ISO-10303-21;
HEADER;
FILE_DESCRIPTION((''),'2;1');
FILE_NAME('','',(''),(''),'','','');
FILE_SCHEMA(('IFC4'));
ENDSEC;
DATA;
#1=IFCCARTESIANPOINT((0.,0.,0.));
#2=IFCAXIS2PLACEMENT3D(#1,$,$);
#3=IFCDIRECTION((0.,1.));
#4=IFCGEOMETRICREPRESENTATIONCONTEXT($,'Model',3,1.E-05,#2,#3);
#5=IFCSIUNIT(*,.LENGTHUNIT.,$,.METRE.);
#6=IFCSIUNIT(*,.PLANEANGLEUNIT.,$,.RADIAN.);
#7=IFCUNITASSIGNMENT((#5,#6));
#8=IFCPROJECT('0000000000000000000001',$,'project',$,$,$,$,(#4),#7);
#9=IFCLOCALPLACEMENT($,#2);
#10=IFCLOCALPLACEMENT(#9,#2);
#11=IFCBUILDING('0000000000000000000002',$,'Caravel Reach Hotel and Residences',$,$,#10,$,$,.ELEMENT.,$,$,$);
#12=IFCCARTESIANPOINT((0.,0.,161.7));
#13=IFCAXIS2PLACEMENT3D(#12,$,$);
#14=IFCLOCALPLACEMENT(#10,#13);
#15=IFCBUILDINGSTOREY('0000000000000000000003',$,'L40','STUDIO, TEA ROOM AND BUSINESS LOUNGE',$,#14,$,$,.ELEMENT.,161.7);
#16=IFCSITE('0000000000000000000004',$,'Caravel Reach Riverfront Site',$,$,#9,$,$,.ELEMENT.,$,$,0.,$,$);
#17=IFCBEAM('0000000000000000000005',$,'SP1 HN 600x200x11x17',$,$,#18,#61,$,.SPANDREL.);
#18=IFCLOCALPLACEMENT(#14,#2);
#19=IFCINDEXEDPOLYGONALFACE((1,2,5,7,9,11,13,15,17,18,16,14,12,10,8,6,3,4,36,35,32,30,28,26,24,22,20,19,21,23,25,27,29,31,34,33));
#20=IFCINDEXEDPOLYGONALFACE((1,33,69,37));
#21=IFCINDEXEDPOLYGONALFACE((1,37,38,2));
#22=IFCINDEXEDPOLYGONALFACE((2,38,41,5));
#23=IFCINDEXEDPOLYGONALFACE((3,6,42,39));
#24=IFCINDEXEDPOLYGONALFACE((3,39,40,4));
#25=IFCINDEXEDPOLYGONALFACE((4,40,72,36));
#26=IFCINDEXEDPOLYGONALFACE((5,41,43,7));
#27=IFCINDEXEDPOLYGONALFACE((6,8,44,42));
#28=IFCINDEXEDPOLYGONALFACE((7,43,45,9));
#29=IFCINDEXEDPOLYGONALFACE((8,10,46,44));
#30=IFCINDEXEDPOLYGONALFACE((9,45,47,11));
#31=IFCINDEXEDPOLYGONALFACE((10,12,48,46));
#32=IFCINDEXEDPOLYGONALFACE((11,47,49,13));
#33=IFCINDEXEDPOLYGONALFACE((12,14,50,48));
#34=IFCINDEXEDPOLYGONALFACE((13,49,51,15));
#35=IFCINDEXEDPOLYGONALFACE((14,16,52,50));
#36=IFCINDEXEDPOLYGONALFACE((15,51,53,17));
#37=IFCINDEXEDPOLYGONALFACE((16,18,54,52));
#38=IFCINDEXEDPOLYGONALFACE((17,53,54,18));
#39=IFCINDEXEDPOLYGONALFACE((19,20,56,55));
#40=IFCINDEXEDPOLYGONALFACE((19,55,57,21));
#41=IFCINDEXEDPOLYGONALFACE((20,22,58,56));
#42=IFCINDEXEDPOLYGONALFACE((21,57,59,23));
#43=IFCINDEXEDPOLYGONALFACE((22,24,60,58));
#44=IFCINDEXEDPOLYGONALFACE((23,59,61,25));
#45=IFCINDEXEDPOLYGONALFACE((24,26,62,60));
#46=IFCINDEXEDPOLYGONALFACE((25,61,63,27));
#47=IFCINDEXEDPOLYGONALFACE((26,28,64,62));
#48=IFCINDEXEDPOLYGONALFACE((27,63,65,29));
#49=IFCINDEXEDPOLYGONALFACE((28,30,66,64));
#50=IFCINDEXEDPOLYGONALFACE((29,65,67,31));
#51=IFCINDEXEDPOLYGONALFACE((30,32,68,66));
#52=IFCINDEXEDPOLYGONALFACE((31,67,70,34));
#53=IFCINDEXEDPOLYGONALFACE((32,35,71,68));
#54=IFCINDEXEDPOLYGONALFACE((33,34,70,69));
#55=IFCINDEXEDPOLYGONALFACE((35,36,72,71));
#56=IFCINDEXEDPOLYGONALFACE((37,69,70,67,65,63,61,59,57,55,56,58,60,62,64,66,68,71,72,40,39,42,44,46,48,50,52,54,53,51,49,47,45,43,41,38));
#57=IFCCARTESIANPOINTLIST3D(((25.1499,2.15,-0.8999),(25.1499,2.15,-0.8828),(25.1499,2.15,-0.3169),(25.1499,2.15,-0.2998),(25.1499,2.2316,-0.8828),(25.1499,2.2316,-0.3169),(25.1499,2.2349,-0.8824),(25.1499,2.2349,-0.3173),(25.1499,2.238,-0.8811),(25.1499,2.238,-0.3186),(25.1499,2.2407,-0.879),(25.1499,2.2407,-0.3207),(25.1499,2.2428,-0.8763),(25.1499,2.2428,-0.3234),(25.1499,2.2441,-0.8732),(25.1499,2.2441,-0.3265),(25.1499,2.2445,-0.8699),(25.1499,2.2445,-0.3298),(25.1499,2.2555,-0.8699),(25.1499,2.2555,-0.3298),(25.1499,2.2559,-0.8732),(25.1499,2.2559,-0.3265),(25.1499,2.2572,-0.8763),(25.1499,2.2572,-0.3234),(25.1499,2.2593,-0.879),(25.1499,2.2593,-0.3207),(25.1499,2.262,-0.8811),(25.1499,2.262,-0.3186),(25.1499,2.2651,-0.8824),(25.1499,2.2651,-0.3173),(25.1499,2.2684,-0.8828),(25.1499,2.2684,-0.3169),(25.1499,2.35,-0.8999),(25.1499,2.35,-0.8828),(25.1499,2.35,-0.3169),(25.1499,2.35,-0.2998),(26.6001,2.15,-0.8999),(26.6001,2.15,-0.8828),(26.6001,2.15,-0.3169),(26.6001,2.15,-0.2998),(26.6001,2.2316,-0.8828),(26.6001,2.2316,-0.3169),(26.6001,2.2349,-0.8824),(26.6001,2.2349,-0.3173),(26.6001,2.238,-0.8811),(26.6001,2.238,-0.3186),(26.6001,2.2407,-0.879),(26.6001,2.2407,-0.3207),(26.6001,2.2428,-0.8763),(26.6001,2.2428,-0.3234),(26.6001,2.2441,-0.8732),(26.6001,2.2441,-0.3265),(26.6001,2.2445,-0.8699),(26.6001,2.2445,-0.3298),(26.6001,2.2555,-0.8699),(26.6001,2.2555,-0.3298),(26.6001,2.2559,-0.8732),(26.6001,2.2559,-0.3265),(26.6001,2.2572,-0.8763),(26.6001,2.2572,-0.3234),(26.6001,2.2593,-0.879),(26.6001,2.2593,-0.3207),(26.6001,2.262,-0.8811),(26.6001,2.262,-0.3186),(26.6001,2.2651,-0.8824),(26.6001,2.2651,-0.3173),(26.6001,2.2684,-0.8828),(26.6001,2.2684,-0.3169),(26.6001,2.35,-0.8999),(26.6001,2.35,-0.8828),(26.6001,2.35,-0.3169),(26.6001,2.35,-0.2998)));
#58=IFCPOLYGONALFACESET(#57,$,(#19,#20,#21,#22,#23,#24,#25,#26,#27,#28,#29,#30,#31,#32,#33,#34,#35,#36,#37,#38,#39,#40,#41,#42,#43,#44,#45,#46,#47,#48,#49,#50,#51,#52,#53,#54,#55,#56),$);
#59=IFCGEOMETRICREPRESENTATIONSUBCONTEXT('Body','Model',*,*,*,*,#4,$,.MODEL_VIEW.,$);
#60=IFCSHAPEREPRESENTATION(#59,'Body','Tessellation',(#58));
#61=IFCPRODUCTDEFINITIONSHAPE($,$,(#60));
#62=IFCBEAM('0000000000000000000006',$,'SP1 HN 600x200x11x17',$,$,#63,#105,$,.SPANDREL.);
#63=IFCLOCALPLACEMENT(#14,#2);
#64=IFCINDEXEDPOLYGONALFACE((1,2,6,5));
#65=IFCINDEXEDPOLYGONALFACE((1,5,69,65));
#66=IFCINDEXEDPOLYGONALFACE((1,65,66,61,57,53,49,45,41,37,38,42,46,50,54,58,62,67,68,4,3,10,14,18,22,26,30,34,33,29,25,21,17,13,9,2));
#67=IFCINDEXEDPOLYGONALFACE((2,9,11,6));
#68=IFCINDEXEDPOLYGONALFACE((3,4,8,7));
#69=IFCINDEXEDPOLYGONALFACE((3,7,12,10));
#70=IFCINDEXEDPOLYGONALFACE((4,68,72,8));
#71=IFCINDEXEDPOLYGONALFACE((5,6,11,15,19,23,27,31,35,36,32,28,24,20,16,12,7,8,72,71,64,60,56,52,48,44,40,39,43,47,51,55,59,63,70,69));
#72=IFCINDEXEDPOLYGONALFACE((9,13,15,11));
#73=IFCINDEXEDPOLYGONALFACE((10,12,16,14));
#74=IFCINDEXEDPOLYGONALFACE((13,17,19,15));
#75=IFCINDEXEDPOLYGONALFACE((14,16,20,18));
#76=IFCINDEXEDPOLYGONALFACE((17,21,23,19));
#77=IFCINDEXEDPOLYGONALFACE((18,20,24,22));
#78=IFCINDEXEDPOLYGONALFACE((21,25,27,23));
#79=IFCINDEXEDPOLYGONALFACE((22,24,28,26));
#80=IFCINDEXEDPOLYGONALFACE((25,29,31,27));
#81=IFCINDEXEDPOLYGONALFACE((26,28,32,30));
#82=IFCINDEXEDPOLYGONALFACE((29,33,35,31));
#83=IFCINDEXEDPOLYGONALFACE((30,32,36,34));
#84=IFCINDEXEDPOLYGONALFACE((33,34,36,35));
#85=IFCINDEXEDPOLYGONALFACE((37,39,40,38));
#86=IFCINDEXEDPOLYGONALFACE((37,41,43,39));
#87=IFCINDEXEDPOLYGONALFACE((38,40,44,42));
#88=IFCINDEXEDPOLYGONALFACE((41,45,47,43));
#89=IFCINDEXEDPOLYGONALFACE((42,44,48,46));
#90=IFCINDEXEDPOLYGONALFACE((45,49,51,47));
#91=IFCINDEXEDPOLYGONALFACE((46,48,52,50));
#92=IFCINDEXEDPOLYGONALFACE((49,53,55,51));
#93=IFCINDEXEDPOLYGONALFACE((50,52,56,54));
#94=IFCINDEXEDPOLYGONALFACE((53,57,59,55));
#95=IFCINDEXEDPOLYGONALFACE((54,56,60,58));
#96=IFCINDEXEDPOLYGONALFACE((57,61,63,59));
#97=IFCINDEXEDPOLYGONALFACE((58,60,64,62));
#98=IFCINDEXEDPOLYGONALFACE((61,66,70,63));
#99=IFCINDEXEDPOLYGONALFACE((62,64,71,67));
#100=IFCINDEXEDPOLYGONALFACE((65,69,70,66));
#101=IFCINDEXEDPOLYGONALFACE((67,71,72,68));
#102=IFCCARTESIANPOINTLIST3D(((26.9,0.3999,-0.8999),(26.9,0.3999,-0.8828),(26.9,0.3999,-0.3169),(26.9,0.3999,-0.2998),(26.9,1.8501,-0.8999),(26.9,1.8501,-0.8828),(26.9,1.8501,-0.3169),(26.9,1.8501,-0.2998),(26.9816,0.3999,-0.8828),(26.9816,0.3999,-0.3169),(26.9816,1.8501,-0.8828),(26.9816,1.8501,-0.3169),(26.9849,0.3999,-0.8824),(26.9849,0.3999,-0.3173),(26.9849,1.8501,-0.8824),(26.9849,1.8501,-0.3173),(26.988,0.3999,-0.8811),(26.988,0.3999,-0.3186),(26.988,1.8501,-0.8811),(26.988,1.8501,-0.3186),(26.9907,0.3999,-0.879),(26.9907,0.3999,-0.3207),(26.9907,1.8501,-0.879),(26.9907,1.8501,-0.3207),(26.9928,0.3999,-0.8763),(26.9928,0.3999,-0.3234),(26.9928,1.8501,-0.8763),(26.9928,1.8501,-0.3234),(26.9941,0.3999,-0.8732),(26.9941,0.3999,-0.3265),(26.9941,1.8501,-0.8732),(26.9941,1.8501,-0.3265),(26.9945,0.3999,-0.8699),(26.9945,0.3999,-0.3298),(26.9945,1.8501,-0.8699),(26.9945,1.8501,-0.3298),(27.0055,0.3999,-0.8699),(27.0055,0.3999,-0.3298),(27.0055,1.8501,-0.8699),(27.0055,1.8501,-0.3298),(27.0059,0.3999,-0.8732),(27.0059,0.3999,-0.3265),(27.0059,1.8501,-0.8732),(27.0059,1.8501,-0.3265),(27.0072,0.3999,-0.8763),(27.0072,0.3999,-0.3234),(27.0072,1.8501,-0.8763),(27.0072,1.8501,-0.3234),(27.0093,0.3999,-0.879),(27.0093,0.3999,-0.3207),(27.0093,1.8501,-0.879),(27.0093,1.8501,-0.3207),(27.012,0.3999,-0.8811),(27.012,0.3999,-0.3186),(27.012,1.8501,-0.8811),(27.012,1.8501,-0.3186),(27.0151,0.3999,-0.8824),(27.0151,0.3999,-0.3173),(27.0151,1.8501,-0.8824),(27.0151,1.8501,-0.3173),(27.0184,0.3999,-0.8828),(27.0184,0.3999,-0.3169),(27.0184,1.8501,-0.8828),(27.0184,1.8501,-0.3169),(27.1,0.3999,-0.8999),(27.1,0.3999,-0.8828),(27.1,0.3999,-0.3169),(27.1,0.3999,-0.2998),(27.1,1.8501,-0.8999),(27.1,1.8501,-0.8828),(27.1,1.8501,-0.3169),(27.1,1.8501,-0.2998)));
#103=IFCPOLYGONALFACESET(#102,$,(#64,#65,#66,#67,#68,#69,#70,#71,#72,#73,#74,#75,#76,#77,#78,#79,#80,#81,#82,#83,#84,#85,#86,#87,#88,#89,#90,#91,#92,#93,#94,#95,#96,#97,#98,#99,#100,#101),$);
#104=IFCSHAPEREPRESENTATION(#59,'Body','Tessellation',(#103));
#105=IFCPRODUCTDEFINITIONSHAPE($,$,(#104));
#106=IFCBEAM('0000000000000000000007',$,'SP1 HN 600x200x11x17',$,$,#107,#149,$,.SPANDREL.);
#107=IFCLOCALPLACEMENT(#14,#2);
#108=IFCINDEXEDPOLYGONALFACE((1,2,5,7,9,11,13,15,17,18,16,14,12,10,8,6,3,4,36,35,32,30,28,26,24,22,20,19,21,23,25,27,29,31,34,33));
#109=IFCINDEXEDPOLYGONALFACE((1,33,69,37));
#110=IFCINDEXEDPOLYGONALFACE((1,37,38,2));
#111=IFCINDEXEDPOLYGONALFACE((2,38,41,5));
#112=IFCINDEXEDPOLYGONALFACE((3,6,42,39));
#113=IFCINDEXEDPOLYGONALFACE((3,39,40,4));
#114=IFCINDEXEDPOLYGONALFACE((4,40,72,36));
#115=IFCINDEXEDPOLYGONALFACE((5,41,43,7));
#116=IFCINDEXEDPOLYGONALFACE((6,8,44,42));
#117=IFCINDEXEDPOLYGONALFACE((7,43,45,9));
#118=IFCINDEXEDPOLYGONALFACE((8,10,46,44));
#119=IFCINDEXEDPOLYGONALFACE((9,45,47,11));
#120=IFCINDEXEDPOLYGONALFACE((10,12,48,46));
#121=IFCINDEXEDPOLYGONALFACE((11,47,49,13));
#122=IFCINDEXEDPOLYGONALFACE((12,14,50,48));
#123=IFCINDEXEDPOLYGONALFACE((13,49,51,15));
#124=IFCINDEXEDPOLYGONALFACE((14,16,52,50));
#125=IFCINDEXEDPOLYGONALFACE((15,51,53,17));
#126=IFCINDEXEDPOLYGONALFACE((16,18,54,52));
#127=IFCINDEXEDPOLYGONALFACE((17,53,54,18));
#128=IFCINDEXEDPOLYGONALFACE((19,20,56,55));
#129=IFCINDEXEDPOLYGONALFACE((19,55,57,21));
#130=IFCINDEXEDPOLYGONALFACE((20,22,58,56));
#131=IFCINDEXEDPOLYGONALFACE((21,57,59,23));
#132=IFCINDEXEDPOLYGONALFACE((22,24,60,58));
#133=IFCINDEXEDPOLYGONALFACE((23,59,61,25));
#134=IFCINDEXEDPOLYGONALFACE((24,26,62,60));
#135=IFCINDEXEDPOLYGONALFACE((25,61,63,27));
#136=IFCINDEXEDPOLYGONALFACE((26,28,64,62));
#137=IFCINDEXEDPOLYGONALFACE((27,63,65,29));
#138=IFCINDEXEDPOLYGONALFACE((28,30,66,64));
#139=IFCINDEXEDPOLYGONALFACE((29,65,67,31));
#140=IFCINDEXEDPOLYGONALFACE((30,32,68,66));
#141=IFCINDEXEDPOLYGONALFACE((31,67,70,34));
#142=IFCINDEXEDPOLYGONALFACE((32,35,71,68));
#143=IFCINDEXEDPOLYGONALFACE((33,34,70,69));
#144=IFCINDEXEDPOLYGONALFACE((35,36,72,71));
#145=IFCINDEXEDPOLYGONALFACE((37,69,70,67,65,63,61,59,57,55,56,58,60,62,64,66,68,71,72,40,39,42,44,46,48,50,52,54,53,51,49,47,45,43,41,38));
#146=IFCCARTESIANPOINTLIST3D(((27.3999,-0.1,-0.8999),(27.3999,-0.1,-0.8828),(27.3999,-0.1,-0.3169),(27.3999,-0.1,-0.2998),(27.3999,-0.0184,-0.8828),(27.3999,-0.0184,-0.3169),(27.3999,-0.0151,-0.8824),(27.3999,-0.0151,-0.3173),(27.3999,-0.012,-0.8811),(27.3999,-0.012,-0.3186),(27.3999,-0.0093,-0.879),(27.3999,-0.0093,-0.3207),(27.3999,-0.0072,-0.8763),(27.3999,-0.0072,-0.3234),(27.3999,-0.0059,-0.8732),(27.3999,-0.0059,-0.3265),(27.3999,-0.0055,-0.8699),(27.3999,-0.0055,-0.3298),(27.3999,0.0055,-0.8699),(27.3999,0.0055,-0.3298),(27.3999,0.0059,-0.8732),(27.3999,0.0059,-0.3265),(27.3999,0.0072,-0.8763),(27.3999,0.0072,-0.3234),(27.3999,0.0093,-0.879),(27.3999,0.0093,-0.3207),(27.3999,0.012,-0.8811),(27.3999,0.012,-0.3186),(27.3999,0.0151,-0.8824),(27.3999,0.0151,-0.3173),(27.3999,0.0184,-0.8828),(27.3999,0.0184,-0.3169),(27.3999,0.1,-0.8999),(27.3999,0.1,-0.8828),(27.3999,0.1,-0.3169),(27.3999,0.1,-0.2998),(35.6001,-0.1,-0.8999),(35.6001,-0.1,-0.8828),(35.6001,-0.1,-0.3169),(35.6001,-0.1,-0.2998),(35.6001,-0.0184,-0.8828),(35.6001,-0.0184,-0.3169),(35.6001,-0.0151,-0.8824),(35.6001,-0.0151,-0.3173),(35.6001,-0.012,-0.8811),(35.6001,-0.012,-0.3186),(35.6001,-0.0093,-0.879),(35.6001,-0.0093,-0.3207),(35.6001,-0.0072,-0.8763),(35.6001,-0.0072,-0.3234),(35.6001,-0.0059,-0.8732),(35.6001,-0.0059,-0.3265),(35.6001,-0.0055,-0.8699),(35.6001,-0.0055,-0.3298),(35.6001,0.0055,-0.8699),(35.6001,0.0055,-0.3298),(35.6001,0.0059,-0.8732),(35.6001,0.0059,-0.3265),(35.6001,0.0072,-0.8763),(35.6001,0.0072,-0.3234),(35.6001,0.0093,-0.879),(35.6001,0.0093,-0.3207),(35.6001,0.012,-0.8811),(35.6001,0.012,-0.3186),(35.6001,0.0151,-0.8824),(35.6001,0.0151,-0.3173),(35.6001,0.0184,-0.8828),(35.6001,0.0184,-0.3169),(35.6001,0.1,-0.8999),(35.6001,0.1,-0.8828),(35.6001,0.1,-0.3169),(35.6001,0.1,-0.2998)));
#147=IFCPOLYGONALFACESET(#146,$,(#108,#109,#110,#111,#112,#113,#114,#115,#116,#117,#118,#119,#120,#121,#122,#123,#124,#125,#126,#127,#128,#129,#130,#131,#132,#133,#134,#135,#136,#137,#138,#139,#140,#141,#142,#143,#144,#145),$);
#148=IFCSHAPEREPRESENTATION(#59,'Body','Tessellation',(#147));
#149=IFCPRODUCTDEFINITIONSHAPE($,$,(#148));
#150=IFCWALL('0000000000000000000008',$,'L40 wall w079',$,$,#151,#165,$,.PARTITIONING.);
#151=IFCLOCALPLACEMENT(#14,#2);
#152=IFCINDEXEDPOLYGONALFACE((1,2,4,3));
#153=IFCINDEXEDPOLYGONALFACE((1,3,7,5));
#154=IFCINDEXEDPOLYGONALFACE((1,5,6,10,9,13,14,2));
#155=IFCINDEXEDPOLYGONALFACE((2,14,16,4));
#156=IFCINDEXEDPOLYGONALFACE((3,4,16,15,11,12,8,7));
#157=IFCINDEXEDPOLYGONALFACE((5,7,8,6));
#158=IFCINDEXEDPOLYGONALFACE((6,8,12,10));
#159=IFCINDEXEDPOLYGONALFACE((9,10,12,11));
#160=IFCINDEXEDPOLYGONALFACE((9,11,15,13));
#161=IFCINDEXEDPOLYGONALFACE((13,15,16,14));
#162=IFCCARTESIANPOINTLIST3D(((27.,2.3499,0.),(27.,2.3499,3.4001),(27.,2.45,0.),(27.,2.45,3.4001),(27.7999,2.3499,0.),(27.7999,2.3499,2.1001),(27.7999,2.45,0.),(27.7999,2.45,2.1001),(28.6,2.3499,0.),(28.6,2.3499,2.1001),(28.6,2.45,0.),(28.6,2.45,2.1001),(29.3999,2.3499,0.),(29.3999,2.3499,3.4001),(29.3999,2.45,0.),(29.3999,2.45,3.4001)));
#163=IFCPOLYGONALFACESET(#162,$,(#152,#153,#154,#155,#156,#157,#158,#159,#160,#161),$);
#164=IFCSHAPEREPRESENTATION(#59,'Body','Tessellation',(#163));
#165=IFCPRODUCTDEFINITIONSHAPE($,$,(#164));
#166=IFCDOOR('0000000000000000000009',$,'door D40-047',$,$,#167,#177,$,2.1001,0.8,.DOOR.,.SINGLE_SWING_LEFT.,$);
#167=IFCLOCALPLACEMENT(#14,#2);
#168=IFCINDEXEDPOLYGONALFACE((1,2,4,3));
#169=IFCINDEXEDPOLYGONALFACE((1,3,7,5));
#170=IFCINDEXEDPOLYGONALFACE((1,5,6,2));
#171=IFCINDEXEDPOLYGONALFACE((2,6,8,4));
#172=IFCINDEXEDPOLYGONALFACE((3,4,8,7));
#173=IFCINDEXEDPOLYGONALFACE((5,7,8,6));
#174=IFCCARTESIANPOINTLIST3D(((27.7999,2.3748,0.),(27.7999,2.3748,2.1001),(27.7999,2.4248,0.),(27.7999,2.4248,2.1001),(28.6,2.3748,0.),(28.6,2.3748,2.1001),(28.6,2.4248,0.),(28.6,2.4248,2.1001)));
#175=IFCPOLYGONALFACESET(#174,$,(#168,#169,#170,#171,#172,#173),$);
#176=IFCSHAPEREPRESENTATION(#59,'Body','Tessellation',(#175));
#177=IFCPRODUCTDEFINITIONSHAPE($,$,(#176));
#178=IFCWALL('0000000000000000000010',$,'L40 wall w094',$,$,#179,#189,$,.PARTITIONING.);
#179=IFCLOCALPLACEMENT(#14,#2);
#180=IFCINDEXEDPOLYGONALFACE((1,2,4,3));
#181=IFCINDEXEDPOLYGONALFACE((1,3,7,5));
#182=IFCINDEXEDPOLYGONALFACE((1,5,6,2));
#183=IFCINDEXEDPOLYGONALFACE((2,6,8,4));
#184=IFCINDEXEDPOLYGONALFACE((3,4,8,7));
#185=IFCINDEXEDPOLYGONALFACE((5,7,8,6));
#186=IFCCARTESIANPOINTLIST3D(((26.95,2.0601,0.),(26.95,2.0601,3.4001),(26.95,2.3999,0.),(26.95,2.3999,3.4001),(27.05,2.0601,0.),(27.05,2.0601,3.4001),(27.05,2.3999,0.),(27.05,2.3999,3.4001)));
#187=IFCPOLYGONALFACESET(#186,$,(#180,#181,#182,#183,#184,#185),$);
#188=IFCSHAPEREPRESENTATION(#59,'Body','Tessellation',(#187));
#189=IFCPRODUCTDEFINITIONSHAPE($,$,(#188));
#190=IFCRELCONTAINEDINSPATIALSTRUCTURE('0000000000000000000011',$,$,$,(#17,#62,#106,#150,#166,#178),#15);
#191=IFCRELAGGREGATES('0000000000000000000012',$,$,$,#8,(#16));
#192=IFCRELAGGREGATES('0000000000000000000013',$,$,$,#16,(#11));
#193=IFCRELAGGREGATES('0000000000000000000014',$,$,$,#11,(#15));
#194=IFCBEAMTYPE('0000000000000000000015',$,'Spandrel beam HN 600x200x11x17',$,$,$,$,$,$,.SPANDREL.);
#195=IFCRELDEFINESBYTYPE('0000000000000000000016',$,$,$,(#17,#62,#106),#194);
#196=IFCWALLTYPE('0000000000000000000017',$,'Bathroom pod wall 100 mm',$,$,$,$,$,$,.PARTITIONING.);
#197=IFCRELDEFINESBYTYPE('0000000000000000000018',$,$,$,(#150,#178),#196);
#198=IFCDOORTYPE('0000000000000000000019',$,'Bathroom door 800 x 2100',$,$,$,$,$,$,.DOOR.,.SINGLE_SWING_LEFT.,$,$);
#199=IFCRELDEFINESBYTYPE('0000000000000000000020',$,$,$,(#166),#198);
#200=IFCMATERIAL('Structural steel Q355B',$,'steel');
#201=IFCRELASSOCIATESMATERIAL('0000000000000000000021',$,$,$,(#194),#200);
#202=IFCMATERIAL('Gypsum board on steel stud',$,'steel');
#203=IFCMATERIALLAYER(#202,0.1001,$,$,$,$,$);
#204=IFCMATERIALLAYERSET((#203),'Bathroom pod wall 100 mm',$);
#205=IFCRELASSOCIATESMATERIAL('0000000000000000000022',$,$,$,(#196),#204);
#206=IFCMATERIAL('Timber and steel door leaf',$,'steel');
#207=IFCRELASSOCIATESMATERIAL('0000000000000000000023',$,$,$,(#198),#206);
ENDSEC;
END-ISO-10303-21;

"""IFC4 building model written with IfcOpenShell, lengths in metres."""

from ifc_helpers import new_model, si_unit, direction, frame, frame_2d, origin, origin_2d, place, context, subcontext, project, spatial, rectangle, i_section, extrude, material, layer, layer_set, material_profile, profile_set, type_object, element, fill, save


model = new_model("IFC4")

# Units and contexts
model_context = context("Model", 3, precision=1e-05, world=origin(), true_north=direction((0.0, 1.0)))
body_context = subcontext(model_context, "Body", "Model", "MODEL_VIEW")
ifc_project = project(units=[si_unit("LENGTHUNIT", "METRE"), si_unit("PLANEANGLEUNIT", "RADIAN")], contexts=[model_context])

# Site, building, storey
site_placement = place(None, origin())
site = spatial("IfcSite", under=ifc_project, at=site_placement, Name="Caravel Reach Riverfront Site", CompositionType="ELEMENT", RefElevation=0.0)
building_placement = place(site_placement, origin())
building = spatial("IfcBuilding", under=site, at=building_placement, Name="Caravel Reach Hotel and Residences", CompositionType="ELEMENT")
storey_placement = place(building_placement, frame((0.0, 0.0, 161.7)))
storey = spatial("IfcBuildingStorey", under=building, at=storey_placement, Name="L40", Description="STUDIO, TEA ROOM AND BUSINESS LOUNGE", CompositionType="ELEMENT", Elevation=161.7)

# Beams
ifc_material_1 = material(Name="Structural steel Q355B", Category="steel")
ifc_material_profile_1 = material_profile(ifc_material_1, i_section(OverallWidth=0.2, OverallDepth=0.6001, WebThickness=0.011, FlangeThickness=0.0171, FilletRadius=0.0129, at=origin_2d()), Name="HN 600x200x11x17")
ifc_profile_set_1 = profile_set([ifc_material_profile_1], Name="Structural steel Q355B")
beam_type = type_object("IfcBeamType", Name="Spandrel beam HN 600x200x11x17", PredefinedType="SPANDREL", material=ifc_profile_set_1)
for number, where, z_axis, x_axis, name in (
    (1, (25.1499, 2.25, -0.5999), (1.0, 0.0, 0.0), (0.0, 1.0, 0.0), "SP1 HN 600x200x11x17"),
    (2, (27.0, 1.8501, -0.5999), (0.0, -1.0, 0.0), (1.0, 0.0, 0.0), "SP1 HN 600x200x11x17"),
):
    element("IfcBeam", number, at=place(storey_placement, frame(where, z_axis=z_axis, x_axis=x_axis)), inside=storey, type_object=beam_type, Name=name, PredefinedType="SPANDREL", context=body_context, shape_type="SweptSolid", body=[
        extrude(i_section(OverallWidth=0.2, OverallDepth=0.6001, WebThickness=0.011, FlangeThickness=0.0171, FilletRadius=0.0129, at=origin_2d()), origin(), (0.0, 0.0, 1.0), 1.4502),
    ])
beam_placement = place(storey_placement, frame((27.3999, 0.0, -0.5999), z_axis=(1.0, 0.0, 0.0), x_axis=(0.0, 1.0, 0.0)))
element("IfcBeam", 3, at=beam_placement, inside=storey, type_object=beam_type, Name="SP1 HN 600x200x11x17", PredefinedType="SPANDREL", context=body_context, shape_type="SweptSolid", body=[
    extrude(i_section(OverallWidth=0.2, OverallDepth=0.6001, WebThickness=0.011, FlangeThickness=0.0171, FilletRadius=0.0129, at=origin_2d()), origin(), (0.0, 0.0, 1.0), 8.2002),
])

# Wall, opening, door
ifc_material_2 = material(Name="Gypsum board on steel stud", Category="steel")
ifc_layer_1 = layer(ifc_material_2, 0.1001)
ifc_layer_set_1 = layer_set([ifc_layer_1], Name="Bathroom pod wall 100 mm")
wall_type_1 = type_object("IfcWallType", Name="Bathroom pod wall 100 mm", PredefinedType="PARTITIONING", material=ifc_layer_set_1)
wall_1_placement = place(storey_placement, frame((27.0, 2.3999, 0.0), z_axis=(0.0, 0.0, 1.0), x_axis=(1.0, 0.0, 0.0)))
wall_1 = element("IfcWall", 4, at=wall_1_placement, inside=storey, type_object=wall_type_1, Name="L40 wall w079", PredefinedType="PARTITIONING", context=body_context, shape_type="SweptSolid", body=[
    extrude(rectangle(XDim=2.3999, YDim=0.1001, at=frame_2d((1.2, 0.0))), origin(), (0.0, 0.0, 1.0), 3.4001),
])
opening_1_placement = place(wall_1_placement, frame((0.8, 0.0, 0.0)))
opening_1 = element("IfcOpeningElement", 5, at=opening_1_placement, cuts=wall_1, PredefinedType="OPENING", context=body_context, shape_type="SweptSolid", body=[
    extrude(rectangle(XDim=0.8, YDim=2.1001, at=frame_2d((0.3999, 1.05))), frame((0.0, 0.0601, 0.0), z_axis=(0.0, -1.0, 0.0), x_axis=(1.0, 0.0, 0.0)), (0.0, 0.0, 1.0), 0.1201),
])
ifc_material_3 = material(Name="Timber and steel door leaf", Category="steel")
door_type = type_object("IfcDoorType", Name="Bathroom door 800 x 2100", OperationType="SINGLE_SWING_LEFT", PredefinedType="DOOR", material=ifc_material_3)
door_placement = place(opening_1_placement, origin())
door = element("IfcDoor", 6, at=door_placement, inside=storey, type_object=door_type, Name="door D40-047", OperationType="SINGLE_SWING_LEFT", OverallHeight=2.1001, OverallWidth=0.8, PredefinedType="DOOR", context=body_context, shape_type="SweptSolid", body=[
    extrude(rectangle(XDim=0.8, YDim=2.1001, at=frame_2d((0.3999, 1.05))), frame((0.0, 0.0249, 0.0), z_axis=(0.0, -1.0, 0.0), x_axis=(1.0, 0.0, 0.0)), (0.0, 0.0, 1.0), 0.05),
])
fill(opening_1, door)

# Wall
wall_2_placement = place(storey_placement, frame((27.0, 2.0601, 0.0), z_axis=(0.0, 0.0, 1.0), x_axis=(0.0, 1.0, 0.0)))
element("IfcWall", 7, at=wall_2_placement, inside=storey, type_object=wall_type_1, Name="L40 wall w094", PredefinedType="PARTITIONING", context=body_context, shape_type="SweptSolid", body=[
    extrude(rectangle(XDim=0.3398, YDim=0.1001, at=frame_2d((0.1699, 0.0))), origin(), (0.0, 0.0, 1.0), 3.4001),
])

save(model, "model.ifc")
